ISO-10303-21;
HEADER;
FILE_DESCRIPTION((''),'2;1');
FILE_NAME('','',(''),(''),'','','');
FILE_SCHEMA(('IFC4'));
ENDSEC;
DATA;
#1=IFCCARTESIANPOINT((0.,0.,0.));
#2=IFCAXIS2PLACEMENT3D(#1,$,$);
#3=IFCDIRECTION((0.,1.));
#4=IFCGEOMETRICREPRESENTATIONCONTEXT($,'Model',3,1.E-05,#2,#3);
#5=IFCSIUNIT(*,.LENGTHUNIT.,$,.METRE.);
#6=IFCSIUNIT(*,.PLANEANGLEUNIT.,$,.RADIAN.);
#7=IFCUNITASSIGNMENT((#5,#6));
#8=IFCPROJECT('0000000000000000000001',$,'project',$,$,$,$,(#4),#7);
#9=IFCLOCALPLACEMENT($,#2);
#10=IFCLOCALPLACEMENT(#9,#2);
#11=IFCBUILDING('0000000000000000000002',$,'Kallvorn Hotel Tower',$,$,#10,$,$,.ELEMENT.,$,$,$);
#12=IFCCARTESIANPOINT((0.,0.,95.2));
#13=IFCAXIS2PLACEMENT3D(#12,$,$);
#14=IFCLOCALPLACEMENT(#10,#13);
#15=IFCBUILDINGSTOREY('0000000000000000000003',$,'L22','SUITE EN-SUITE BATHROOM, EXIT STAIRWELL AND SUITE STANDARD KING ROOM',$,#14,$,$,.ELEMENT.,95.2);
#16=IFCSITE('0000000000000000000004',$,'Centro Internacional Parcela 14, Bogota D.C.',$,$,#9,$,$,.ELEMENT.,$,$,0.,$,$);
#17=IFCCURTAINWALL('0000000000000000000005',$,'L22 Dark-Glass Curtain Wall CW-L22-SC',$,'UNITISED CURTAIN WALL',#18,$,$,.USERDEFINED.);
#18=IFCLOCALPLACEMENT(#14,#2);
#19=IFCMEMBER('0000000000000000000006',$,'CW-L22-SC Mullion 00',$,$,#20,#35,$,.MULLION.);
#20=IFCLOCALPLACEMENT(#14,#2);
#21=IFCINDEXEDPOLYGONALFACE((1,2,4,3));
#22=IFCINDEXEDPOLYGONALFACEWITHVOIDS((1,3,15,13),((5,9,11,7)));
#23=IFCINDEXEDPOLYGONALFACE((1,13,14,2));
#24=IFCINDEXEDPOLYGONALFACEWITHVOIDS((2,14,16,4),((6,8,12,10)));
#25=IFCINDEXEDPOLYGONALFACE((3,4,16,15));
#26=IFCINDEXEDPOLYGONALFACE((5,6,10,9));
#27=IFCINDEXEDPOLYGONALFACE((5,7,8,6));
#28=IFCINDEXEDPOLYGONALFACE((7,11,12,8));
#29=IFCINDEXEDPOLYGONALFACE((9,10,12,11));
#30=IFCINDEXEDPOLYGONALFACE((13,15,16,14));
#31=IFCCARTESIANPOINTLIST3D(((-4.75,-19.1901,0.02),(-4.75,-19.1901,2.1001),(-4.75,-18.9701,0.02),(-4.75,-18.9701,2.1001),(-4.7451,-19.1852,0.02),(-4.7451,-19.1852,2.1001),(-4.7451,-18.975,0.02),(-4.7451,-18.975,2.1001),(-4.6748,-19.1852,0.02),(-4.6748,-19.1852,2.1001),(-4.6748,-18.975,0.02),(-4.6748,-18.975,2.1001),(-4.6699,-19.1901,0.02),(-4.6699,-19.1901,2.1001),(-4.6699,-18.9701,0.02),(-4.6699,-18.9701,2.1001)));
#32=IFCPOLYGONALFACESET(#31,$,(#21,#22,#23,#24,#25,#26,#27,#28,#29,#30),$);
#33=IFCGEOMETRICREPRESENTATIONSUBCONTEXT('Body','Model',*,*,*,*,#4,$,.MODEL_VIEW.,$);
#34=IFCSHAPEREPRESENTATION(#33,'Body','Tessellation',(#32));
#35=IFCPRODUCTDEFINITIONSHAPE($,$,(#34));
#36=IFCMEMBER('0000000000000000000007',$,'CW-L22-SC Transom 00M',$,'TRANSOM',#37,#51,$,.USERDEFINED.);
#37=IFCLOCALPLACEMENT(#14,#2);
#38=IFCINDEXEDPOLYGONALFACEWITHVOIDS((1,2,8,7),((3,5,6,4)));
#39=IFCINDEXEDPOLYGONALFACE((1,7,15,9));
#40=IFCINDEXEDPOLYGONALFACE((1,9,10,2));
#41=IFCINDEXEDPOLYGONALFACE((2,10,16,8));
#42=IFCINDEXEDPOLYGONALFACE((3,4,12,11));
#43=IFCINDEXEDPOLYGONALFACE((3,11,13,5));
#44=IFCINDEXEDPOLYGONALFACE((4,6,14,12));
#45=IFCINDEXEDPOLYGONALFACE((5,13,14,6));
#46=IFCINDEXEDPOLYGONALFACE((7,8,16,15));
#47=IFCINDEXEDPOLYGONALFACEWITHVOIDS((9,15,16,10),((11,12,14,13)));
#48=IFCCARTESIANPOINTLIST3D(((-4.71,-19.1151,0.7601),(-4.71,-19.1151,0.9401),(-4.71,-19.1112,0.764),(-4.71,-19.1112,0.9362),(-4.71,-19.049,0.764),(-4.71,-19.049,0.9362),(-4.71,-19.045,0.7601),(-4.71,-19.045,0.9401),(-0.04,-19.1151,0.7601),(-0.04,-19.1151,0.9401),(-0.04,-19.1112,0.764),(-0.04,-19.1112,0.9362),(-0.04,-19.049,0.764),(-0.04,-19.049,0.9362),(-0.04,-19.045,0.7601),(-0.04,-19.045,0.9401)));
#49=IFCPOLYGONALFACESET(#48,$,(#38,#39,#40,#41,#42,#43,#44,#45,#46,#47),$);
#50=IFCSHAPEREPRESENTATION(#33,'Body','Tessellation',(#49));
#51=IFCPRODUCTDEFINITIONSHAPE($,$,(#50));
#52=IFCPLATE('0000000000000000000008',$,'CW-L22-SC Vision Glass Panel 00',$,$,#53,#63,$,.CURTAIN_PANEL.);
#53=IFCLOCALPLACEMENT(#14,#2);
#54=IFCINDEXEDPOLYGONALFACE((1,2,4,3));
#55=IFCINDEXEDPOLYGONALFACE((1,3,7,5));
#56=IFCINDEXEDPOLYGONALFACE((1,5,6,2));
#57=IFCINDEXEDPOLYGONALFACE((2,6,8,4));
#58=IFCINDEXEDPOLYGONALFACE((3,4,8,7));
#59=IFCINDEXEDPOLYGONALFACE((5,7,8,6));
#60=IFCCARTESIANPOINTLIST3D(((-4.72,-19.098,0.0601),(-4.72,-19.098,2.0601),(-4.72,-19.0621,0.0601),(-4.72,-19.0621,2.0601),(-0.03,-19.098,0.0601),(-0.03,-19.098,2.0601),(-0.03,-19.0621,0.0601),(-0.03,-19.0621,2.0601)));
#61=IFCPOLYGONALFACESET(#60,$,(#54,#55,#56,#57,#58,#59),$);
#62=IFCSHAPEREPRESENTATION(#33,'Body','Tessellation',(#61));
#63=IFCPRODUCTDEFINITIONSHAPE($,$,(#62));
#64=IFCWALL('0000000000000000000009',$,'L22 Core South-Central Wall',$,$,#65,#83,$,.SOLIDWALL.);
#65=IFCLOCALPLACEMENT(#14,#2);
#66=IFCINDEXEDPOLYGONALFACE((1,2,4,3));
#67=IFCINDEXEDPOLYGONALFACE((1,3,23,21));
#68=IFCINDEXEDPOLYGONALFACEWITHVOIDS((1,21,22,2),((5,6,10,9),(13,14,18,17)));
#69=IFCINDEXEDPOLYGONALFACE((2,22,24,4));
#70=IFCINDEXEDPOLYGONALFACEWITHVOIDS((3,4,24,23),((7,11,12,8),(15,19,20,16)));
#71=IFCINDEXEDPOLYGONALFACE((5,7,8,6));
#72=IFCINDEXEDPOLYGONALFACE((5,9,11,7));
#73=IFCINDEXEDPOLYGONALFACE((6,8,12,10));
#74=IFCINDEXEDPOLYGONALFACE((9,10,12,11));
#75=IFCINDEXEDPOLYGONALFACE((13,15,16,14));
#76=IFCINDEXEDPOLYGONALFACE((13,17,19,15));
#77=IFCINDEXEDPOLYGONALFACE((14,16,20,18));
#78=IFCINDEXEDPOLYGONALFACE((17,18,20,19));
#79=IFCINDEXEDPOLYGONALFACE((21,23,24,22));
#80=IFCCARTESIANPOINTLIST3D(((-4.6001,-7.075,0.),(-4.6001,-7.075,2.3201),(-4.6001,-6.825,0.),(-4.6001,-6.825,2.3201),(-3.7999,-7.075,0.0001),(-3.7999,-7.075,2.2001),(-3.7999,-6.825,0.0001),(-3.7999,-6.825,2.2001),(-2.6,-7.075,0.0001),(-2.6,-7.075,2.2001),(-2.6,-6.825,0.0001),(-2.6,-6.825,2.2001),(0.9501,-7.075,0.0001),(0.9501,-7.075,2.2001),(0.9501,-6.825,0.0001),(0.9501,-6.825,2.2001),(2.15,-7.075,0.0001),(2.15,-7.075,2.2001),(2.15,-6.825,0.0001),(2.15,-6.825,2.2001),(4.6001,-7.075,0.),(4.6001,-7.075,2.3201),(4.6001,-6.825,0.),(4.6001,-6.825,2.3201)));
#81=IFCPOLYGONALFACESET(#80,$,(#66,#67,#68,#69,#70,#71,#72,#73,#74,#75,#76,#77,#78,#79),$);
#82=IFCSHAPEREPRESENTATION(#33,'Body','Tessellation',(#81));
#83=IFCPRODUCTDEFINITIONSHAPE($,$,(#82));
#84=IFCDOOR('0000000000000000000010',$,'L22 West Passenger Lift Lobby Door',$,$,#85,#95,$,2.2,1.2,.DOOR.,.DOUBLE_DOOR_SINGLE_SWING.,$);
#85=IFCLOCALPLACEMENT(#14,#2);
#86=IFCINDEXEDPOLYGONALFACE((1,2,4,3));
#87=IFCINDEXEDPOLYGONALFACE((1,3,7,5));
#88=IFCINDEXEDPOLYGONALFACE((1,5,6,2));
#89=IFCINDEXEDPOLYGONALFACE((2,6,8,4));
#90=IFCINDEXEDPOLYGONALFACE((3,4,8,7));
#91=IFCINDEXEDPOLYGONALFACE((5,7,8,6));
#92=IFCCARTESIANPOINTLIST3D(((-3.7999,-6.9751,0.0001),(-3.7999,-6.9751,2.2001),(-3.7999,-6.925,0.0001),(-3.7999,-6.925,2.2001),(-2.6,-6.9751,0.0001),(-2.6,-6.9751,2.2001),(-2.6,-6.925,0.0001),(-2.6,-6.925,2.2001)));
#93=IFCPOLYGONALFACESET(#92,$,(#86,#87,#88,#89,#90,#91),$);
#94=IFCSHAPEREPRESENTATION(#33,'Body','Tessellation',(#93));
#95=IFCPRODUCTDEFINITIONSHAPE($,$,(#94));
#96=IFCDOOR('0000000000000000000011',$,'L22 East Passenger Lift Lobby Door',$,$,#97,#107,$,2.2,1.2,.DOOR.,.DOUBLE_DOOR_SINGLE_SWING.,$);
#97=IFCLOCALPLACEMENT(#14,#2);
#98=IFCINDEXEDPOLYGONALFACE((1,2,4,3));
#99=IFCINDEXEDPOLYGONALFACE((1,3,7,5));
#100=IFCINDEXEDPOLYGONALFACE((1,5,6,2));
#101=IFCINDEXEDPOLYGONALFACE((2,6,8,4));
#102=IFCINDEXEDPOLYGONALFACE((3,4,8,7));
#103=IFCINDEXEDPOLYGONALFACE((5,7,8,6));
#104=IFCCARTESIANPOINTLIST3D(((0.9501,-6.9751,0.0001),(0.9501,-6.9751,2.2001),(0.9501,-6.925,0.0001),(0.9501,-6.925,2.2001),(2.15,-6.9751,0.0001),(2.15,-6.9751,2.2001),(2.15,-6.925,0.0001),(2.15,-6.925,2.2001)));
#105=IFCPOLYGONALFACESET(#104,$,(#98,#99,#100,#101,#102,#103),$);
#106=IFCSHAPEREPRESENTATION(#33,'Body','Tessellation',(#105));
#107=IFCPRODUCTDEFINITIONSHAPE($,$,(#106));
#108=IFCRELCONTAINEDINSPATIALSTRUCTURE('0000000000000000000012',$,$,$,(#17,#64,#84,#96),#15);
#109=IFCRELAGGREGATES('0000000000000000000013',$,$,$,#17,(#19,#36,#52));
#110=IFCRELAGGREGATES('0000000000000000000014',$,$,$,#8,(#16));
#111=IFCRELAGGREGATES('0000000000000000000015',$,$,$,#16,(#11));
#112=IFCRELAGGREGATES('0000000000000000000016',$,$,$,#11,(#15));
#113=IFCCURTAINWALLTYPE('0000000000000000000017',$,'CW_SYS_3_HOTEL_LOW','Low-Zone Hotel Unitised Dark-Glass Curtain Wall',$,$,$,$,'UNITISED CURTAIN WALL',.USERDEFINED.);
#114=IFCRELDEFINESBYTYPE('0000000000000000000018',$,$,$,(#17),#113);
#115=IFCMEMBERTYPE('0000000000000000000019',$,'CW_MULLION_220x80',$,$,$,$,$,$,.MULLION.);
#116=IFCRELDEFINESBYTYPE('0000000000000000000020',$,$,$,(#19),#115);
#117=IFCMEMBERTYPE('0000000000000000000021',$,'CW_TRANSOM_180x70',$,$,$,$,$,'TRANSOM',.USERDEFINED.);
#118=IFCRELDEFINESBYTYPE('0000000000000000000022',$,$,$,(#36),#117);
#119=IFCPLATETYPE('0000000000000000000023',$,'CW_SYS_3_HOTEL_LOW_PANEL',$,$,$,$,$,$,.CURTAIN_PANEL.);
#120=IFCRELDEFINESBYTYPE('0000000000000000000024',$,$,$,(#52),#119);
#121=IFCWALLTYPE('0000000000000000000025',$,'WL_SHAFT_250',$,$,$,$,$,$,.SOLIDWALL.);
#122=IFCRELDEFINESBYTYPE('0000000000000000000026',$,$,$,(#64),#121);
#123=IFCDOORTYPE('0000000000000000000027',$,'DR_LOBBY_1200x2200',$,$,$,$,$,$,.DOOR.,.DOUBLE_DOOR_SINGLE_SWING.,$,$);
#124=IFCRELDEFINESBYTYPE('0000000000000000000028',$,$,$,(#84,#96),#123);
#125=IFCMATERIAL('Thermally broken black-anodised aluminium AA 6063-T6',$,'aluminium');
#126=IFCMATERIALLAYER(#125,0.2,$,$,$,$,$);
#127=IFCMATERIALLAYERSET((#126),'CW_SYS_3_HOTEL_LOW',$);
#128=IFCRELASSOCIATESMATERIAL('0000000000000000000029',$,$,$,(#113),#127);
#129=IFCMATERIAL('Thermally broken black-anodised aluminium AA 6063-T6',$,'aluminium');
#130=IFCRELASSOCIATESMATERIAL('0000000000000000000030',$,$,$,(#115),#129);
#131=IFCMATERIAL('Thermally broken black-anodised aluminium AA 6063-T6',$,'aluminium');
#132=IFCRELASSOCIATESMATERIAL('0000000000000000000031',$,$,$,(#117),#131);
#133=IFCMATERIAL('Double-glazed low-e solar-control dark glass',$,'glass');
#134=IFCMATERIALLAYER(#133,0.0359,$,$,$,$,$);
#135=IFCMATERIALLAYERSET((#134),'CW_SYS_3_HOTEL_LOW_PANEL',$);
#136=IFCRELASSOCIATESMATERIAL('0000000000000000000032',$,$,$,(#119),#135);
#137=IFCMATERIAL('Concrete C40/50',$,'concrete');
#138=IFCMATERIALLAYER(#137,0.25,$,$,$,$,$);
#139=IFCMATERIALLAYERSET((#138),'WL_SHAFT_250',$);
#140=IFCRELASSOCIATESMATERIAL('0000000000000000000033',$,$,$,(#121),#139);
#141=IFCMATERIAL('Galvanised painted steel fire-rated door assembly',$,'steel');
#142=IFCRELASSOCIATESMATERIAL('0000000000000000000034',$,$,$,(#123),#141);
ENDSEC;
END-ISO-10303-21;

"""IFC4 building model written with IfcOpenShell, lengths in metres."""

from ifc_helpers import new_model, si_unit, direction, frame, frame_2d, origin, origin_2d, place, context, subcontext, project, spatial, rectangle, hollow_rectangle, extrude, material, layer, layer_set, material_profile, profile_set, type_object, element, fill, aggregate, save


model = new_model("IFC4")

# Units and contexts
model_context = context("Model", 3, precision=1e-05, world=origin(), true_north=direction((0.0, 1.0)))
body_context = subcontext(model_context, "Body", "Model", "MODEL_VIEW")
ifc_project = project(units=[si_unit("LENGTHUNIT", "METRE"), si_unit("PLANEANGLEUNIT", "RADIAN")], contexts=[model_context])

# Site, building, storey
site_placement = place(None, origin())
site = spatial("IfcSite", under=ifc_project, at=site_placement, Name="Centro Internacional Parcela 14, Bogota D.C.", CompositionType="ELEMENT", RefElevation=0.0)
building_placement = place(site_placement, origin())
building = spatial("IfcBuilding", under=site, at=building_placement, Name="Kallvorn Hotel Tower", CompositionType="ELEMENT")
storey_placement = place(building_placement, frame((0.0, 0.0, 95.2)))
storey = spatial("IfcBuildingStorey", under=building, at=storey_placement, Name="L22", Description="SUITE EN-SUITE BATHROOM, EXIT STAIRWELL AND SUITE STANDARD KING ROOM", CompositionType="ELEMENT", Elevation=95.2)

# Curtain wall, members, plate
ifc_material_1 = material(Name="Thermally broken black-anodised aluminium AA 6063-T6", Category="aluminium")
ifc_layer_1 = layer(ifc_material_1, 0.2)
ifc_layer_set_1 = layer_set([ifc_layer_1], Name="CW_SYS_3_HOTEL_LOW")
curtain_wall_type = type_object("IfcCurtainWallType", Name="CW_SYS_3_HOTEL_LOW", Description="Low-Zone Hotel Unitised Dark-Glass Curtain Wall", ElementType="UNITISED CURTAIN WALL", PredefinedType="USERDEFINED", material=ifc_layer_set_1)
curtain_wall_placement = place(storey_placement, origin())
curtain_wall = element("IfcCurtainWall", 1, at=curtain_wall_placement, inside=storey, type_object=curtain_wall_type, Name="L22 Dark-Glass Curtain Wall CW-L22-SC", ObjectType="UNITISED CURTAIN WALL", PredefinedType="USERDEFINED")
ifc_material_2 = material(Name="Thermally broken black-anodised aluminium AA 6063-T6", Category="aluminium")
ifc_material_profile_1 = material_profile(ifc_material_2, hollow_rectangle(XDim=0.0801, YDim=0.22, WallThickness=0.0049, at=origin_2d()), Name="MUL 220x80")
ifc_profile_set_1 = profile_set([ifc_material_profile_1], Name="Thermally broken black-anodised aluminium AA 6063-T6")
member_type_1 = type_object("IfcMemberType", Name="CW_MULLION_220x80", PredefinedType="MULLION", material=ifc_profile_set_1)
member_1_placement = place(storey_placement, frame((-4.71, -19.0801, 0.02), z_axis=(0.0, 0.0, 1.0), x_axis=(1.0, 0.0, 0.0)))
member_1 = element("IfcMember", 2, at=member_1_placement, type_object=member_type_1, Name="CW-L22-SC Mullion 00", PredefinedType="MULLION", context=body_context, shape_type="SweptSolid", body=[
    extrude(hollow_rectangle(XDim=0.0801, YDim=0.22, WallThickness=0.0049, at=origin_2d()), origin(), (0.0, 0.0, 1.0), 2.0801),
])
ifc_material_3 = material(Name="Thermally broken black-anodised aluminium AA 6063-T6", Category="aluminium")
ifc_material_profile_2 = material_profile(ifc_material_3, hollow_rectangle(XDim=0.0701, YDim=0.1799, WallThickness=0.0039, at=origin_2d()), Name="TRN 180x70")
ifc_profile_set_2 = profile_set([ifc_material_profile_2], Name="Thermally broken black-anodised aluminium AA 6063-T6")
member_type_2 = type_object("IfcMemberType", Name="CW_TRANSOM_180x70", ElementType="TRANSOM", PredefinedType="USERDEFINED", material=ifc_profile_set_2)
member_2_placement = place(storey_placement, frame((-4.71, -19.0801, 0.8501), z_axis=(1.0, 0.0, 0.0), x_axis=(0.0, 1.0, 0.0)))
member_2 = element("IfcMember", 3, at=member_2_placement, type_object=member_type_2, Name="CW-L22-SC Transom 00M", ObjectType="TRANSOM", PredefinedType="USERDEFINED", context=body_context, shape_type="SweptSolid", body=[
    extrude(hollow_rectangle(XDim=0.0701, YDim=0.1799, WallThickness=0.0039, at=origin_2d()), origin(), (0.0, 0.0, 1.0), 4.6699),
])
ifc_material_4 = material(Name="Double-glazed low-e solar-control dark glass", Category="glass")
ifc_layer_2 = layer(ifc_material_4, 0.0359)
ifc_layer_set_2 = layer_set([ifc_layer_2], Name="CW_SYS_3_HOTEL_LOW_PANEL")
plate_type = type_object("IfcPlateType", Name="CW_SYS_3_HOTEL_LOW_PANEL", PredefinedType="CURTAIN_PANEL", material=ifc_layer_set_2)
plate_placement = place(storey_placement, frame((-2.375, -19.0801, 0.0601), z_axis=(0.0, 0.0, 1.0), x_axis=(1.0, 0.0, 0.0)))
plate = element("IfcPlate", 4, at=plate_placement, type_object=plate_type, Name="CW-L22-SC Vision Glass Panel 00", PredefinedType="CURTAIN_PANEL", context=body_context, shape_type="SweptSolid", body=[
    extrude(rectangle(XDim=4.6899, YDim=0.0359, at=origin_2d()), origin(), (0.0, 0.0, 1.0), 2.0),
])
aggregate(curtain_wall, [member_1, member_2, plate])

# Wall, openings, doors
ifc_material_5 = material(Name="Concrete C40/50", Category="concrete")
ifc_layer_3 = layer(ifc_material_5, 0.25)
ifc_layer_set_3 = layer_set([ifc_layer_3], Name="WL_SHAFT_250")
wall_type = type_object("IfcWallType", Name="WL_SHAFT_250", PredefinedType="SOLIDWALL", material=ifc_layer_set_3)
wall_placement = place(storey_placement, frame((-4.6001, -6.95, 0.0), z_axis=(0.0, 0.0, 1.0), x_axis=(1.0, 0.0, 0.0)))
wall = element("IfcWall", 5, at=wall_placement, inside=storey, type_object=wall_type, Name="L22 Core South-Central Wall", PredefinedType="SOLIDWALL", context=body_context, shape_type="SweptSolid", body=[
    extrude(rectangle(XDim=9.2002, YDim=0.25, at=frame_2d((4.6001, 0.0))), origin(), (0.0, 0.0, 1.0), 2.3201),
])
opening_1_placement = place(wall_placement, frame((0.8, 0.0, 0.0)))
opening_1 = element("IfcOpeningElement", 6, at=opening_1_placement, cuts=wall, PredefinedType="OPENING", context=body_context, shape_type="SweptSolid", body=[
    extrude(rectangle(XDim=1.2, YDim=2.2, at=frame_2d((0.6001, 1.1001))), frame((0.0, 0.1399, 0.0), z_axis=(0.0, -1.0, 0.0), x_axis=(1.0, 0.0, 0.0)), (0.0, 0.0, 1.0), 0.28),
])
opening_2_placement = place(wall_placement, frame((5.55, 0.0, 0.0)))
opening_2 = element("IfcOpeningElement", 7, at=opening_2_placement, cuts=wall, PredefinedType="OPENING", context=body_context, shape_type="SweptSolid", body=[
    extrude(rectangle(XDim=1.2, YDim=2.2, at=frame_2d((0.6001, 1.1001))), frame((0.0, 0.1399, 0.0), z_axis=(0.0, -1.0, 0.0), x_axis=(1.0, 0.0, 0.0)), (0.0, 0.0, 1.0), 0.28),
])
ifc_material_6 = material(Name="Galvanised painted steel fire-rated door assembly", Category="steel")
door_type = type_object("IfcDoorType", Name="DR_LOBBY_1200x2200", OperationType="DOUBLE_DOOR_SINGLE_SWING", PredefinedType="DOOR", material=ifc_material_6)
door_1_placement = place(opening_1_placement, origin())
door_1 = element("IfcDoor", 8, at=door_1_placement, inside=storey, type_object=door_type, Name="L22 West Passenger Lift Lobby Door", OperationType="DOUBLE_DOOR_SINGLE_SWING", OverallHeight=2.2, OverallWidth=1.2, PredefinedType="DOOR", context=body_context, shape_type="SweptSolid", body=[
    extrude(rectangle(XDim=1.2, YDim=2.2, at=frame_2d((0.6001, 1.1001))), frame((0.0, 0.0249, 0.0), z_axis=(0.0, -1.0, 0.0), x_axis=(1.0, 0.0, 0.0)), (0.0, 0.0, 1.0), 0.05),
])
fill(opening_1, door_1)
door_2_placement = place(opening_2_placement, origin())
door_2 = element("IfcDoor", 9, at=door_2_placement, inside=storey, type_object=door_type, Name="L22 East Passenger Lift Lobby Door", OperationType="DOUBLE_DOOR_SINGLE_SWING", OverallHeight=2.2, OverallWidth=1.2, PredefinedType="DOOR", context=body_context, shape_type="SweptSolid", body=[
    extrude(rectangle(XDim=1.2, YDim=2.2, at=frame_2d((0.6001, 1.1001))), frame((0.0, 0.0249, 0.0), z_axis=(0.0, -1.0, 0.0), x_axis=(1.0, 0.0, 0.0)), (0.0, 0.0, 1.0), 0.05),
])
fill(opening_2, door_2)

save(model, "model.ifc")
